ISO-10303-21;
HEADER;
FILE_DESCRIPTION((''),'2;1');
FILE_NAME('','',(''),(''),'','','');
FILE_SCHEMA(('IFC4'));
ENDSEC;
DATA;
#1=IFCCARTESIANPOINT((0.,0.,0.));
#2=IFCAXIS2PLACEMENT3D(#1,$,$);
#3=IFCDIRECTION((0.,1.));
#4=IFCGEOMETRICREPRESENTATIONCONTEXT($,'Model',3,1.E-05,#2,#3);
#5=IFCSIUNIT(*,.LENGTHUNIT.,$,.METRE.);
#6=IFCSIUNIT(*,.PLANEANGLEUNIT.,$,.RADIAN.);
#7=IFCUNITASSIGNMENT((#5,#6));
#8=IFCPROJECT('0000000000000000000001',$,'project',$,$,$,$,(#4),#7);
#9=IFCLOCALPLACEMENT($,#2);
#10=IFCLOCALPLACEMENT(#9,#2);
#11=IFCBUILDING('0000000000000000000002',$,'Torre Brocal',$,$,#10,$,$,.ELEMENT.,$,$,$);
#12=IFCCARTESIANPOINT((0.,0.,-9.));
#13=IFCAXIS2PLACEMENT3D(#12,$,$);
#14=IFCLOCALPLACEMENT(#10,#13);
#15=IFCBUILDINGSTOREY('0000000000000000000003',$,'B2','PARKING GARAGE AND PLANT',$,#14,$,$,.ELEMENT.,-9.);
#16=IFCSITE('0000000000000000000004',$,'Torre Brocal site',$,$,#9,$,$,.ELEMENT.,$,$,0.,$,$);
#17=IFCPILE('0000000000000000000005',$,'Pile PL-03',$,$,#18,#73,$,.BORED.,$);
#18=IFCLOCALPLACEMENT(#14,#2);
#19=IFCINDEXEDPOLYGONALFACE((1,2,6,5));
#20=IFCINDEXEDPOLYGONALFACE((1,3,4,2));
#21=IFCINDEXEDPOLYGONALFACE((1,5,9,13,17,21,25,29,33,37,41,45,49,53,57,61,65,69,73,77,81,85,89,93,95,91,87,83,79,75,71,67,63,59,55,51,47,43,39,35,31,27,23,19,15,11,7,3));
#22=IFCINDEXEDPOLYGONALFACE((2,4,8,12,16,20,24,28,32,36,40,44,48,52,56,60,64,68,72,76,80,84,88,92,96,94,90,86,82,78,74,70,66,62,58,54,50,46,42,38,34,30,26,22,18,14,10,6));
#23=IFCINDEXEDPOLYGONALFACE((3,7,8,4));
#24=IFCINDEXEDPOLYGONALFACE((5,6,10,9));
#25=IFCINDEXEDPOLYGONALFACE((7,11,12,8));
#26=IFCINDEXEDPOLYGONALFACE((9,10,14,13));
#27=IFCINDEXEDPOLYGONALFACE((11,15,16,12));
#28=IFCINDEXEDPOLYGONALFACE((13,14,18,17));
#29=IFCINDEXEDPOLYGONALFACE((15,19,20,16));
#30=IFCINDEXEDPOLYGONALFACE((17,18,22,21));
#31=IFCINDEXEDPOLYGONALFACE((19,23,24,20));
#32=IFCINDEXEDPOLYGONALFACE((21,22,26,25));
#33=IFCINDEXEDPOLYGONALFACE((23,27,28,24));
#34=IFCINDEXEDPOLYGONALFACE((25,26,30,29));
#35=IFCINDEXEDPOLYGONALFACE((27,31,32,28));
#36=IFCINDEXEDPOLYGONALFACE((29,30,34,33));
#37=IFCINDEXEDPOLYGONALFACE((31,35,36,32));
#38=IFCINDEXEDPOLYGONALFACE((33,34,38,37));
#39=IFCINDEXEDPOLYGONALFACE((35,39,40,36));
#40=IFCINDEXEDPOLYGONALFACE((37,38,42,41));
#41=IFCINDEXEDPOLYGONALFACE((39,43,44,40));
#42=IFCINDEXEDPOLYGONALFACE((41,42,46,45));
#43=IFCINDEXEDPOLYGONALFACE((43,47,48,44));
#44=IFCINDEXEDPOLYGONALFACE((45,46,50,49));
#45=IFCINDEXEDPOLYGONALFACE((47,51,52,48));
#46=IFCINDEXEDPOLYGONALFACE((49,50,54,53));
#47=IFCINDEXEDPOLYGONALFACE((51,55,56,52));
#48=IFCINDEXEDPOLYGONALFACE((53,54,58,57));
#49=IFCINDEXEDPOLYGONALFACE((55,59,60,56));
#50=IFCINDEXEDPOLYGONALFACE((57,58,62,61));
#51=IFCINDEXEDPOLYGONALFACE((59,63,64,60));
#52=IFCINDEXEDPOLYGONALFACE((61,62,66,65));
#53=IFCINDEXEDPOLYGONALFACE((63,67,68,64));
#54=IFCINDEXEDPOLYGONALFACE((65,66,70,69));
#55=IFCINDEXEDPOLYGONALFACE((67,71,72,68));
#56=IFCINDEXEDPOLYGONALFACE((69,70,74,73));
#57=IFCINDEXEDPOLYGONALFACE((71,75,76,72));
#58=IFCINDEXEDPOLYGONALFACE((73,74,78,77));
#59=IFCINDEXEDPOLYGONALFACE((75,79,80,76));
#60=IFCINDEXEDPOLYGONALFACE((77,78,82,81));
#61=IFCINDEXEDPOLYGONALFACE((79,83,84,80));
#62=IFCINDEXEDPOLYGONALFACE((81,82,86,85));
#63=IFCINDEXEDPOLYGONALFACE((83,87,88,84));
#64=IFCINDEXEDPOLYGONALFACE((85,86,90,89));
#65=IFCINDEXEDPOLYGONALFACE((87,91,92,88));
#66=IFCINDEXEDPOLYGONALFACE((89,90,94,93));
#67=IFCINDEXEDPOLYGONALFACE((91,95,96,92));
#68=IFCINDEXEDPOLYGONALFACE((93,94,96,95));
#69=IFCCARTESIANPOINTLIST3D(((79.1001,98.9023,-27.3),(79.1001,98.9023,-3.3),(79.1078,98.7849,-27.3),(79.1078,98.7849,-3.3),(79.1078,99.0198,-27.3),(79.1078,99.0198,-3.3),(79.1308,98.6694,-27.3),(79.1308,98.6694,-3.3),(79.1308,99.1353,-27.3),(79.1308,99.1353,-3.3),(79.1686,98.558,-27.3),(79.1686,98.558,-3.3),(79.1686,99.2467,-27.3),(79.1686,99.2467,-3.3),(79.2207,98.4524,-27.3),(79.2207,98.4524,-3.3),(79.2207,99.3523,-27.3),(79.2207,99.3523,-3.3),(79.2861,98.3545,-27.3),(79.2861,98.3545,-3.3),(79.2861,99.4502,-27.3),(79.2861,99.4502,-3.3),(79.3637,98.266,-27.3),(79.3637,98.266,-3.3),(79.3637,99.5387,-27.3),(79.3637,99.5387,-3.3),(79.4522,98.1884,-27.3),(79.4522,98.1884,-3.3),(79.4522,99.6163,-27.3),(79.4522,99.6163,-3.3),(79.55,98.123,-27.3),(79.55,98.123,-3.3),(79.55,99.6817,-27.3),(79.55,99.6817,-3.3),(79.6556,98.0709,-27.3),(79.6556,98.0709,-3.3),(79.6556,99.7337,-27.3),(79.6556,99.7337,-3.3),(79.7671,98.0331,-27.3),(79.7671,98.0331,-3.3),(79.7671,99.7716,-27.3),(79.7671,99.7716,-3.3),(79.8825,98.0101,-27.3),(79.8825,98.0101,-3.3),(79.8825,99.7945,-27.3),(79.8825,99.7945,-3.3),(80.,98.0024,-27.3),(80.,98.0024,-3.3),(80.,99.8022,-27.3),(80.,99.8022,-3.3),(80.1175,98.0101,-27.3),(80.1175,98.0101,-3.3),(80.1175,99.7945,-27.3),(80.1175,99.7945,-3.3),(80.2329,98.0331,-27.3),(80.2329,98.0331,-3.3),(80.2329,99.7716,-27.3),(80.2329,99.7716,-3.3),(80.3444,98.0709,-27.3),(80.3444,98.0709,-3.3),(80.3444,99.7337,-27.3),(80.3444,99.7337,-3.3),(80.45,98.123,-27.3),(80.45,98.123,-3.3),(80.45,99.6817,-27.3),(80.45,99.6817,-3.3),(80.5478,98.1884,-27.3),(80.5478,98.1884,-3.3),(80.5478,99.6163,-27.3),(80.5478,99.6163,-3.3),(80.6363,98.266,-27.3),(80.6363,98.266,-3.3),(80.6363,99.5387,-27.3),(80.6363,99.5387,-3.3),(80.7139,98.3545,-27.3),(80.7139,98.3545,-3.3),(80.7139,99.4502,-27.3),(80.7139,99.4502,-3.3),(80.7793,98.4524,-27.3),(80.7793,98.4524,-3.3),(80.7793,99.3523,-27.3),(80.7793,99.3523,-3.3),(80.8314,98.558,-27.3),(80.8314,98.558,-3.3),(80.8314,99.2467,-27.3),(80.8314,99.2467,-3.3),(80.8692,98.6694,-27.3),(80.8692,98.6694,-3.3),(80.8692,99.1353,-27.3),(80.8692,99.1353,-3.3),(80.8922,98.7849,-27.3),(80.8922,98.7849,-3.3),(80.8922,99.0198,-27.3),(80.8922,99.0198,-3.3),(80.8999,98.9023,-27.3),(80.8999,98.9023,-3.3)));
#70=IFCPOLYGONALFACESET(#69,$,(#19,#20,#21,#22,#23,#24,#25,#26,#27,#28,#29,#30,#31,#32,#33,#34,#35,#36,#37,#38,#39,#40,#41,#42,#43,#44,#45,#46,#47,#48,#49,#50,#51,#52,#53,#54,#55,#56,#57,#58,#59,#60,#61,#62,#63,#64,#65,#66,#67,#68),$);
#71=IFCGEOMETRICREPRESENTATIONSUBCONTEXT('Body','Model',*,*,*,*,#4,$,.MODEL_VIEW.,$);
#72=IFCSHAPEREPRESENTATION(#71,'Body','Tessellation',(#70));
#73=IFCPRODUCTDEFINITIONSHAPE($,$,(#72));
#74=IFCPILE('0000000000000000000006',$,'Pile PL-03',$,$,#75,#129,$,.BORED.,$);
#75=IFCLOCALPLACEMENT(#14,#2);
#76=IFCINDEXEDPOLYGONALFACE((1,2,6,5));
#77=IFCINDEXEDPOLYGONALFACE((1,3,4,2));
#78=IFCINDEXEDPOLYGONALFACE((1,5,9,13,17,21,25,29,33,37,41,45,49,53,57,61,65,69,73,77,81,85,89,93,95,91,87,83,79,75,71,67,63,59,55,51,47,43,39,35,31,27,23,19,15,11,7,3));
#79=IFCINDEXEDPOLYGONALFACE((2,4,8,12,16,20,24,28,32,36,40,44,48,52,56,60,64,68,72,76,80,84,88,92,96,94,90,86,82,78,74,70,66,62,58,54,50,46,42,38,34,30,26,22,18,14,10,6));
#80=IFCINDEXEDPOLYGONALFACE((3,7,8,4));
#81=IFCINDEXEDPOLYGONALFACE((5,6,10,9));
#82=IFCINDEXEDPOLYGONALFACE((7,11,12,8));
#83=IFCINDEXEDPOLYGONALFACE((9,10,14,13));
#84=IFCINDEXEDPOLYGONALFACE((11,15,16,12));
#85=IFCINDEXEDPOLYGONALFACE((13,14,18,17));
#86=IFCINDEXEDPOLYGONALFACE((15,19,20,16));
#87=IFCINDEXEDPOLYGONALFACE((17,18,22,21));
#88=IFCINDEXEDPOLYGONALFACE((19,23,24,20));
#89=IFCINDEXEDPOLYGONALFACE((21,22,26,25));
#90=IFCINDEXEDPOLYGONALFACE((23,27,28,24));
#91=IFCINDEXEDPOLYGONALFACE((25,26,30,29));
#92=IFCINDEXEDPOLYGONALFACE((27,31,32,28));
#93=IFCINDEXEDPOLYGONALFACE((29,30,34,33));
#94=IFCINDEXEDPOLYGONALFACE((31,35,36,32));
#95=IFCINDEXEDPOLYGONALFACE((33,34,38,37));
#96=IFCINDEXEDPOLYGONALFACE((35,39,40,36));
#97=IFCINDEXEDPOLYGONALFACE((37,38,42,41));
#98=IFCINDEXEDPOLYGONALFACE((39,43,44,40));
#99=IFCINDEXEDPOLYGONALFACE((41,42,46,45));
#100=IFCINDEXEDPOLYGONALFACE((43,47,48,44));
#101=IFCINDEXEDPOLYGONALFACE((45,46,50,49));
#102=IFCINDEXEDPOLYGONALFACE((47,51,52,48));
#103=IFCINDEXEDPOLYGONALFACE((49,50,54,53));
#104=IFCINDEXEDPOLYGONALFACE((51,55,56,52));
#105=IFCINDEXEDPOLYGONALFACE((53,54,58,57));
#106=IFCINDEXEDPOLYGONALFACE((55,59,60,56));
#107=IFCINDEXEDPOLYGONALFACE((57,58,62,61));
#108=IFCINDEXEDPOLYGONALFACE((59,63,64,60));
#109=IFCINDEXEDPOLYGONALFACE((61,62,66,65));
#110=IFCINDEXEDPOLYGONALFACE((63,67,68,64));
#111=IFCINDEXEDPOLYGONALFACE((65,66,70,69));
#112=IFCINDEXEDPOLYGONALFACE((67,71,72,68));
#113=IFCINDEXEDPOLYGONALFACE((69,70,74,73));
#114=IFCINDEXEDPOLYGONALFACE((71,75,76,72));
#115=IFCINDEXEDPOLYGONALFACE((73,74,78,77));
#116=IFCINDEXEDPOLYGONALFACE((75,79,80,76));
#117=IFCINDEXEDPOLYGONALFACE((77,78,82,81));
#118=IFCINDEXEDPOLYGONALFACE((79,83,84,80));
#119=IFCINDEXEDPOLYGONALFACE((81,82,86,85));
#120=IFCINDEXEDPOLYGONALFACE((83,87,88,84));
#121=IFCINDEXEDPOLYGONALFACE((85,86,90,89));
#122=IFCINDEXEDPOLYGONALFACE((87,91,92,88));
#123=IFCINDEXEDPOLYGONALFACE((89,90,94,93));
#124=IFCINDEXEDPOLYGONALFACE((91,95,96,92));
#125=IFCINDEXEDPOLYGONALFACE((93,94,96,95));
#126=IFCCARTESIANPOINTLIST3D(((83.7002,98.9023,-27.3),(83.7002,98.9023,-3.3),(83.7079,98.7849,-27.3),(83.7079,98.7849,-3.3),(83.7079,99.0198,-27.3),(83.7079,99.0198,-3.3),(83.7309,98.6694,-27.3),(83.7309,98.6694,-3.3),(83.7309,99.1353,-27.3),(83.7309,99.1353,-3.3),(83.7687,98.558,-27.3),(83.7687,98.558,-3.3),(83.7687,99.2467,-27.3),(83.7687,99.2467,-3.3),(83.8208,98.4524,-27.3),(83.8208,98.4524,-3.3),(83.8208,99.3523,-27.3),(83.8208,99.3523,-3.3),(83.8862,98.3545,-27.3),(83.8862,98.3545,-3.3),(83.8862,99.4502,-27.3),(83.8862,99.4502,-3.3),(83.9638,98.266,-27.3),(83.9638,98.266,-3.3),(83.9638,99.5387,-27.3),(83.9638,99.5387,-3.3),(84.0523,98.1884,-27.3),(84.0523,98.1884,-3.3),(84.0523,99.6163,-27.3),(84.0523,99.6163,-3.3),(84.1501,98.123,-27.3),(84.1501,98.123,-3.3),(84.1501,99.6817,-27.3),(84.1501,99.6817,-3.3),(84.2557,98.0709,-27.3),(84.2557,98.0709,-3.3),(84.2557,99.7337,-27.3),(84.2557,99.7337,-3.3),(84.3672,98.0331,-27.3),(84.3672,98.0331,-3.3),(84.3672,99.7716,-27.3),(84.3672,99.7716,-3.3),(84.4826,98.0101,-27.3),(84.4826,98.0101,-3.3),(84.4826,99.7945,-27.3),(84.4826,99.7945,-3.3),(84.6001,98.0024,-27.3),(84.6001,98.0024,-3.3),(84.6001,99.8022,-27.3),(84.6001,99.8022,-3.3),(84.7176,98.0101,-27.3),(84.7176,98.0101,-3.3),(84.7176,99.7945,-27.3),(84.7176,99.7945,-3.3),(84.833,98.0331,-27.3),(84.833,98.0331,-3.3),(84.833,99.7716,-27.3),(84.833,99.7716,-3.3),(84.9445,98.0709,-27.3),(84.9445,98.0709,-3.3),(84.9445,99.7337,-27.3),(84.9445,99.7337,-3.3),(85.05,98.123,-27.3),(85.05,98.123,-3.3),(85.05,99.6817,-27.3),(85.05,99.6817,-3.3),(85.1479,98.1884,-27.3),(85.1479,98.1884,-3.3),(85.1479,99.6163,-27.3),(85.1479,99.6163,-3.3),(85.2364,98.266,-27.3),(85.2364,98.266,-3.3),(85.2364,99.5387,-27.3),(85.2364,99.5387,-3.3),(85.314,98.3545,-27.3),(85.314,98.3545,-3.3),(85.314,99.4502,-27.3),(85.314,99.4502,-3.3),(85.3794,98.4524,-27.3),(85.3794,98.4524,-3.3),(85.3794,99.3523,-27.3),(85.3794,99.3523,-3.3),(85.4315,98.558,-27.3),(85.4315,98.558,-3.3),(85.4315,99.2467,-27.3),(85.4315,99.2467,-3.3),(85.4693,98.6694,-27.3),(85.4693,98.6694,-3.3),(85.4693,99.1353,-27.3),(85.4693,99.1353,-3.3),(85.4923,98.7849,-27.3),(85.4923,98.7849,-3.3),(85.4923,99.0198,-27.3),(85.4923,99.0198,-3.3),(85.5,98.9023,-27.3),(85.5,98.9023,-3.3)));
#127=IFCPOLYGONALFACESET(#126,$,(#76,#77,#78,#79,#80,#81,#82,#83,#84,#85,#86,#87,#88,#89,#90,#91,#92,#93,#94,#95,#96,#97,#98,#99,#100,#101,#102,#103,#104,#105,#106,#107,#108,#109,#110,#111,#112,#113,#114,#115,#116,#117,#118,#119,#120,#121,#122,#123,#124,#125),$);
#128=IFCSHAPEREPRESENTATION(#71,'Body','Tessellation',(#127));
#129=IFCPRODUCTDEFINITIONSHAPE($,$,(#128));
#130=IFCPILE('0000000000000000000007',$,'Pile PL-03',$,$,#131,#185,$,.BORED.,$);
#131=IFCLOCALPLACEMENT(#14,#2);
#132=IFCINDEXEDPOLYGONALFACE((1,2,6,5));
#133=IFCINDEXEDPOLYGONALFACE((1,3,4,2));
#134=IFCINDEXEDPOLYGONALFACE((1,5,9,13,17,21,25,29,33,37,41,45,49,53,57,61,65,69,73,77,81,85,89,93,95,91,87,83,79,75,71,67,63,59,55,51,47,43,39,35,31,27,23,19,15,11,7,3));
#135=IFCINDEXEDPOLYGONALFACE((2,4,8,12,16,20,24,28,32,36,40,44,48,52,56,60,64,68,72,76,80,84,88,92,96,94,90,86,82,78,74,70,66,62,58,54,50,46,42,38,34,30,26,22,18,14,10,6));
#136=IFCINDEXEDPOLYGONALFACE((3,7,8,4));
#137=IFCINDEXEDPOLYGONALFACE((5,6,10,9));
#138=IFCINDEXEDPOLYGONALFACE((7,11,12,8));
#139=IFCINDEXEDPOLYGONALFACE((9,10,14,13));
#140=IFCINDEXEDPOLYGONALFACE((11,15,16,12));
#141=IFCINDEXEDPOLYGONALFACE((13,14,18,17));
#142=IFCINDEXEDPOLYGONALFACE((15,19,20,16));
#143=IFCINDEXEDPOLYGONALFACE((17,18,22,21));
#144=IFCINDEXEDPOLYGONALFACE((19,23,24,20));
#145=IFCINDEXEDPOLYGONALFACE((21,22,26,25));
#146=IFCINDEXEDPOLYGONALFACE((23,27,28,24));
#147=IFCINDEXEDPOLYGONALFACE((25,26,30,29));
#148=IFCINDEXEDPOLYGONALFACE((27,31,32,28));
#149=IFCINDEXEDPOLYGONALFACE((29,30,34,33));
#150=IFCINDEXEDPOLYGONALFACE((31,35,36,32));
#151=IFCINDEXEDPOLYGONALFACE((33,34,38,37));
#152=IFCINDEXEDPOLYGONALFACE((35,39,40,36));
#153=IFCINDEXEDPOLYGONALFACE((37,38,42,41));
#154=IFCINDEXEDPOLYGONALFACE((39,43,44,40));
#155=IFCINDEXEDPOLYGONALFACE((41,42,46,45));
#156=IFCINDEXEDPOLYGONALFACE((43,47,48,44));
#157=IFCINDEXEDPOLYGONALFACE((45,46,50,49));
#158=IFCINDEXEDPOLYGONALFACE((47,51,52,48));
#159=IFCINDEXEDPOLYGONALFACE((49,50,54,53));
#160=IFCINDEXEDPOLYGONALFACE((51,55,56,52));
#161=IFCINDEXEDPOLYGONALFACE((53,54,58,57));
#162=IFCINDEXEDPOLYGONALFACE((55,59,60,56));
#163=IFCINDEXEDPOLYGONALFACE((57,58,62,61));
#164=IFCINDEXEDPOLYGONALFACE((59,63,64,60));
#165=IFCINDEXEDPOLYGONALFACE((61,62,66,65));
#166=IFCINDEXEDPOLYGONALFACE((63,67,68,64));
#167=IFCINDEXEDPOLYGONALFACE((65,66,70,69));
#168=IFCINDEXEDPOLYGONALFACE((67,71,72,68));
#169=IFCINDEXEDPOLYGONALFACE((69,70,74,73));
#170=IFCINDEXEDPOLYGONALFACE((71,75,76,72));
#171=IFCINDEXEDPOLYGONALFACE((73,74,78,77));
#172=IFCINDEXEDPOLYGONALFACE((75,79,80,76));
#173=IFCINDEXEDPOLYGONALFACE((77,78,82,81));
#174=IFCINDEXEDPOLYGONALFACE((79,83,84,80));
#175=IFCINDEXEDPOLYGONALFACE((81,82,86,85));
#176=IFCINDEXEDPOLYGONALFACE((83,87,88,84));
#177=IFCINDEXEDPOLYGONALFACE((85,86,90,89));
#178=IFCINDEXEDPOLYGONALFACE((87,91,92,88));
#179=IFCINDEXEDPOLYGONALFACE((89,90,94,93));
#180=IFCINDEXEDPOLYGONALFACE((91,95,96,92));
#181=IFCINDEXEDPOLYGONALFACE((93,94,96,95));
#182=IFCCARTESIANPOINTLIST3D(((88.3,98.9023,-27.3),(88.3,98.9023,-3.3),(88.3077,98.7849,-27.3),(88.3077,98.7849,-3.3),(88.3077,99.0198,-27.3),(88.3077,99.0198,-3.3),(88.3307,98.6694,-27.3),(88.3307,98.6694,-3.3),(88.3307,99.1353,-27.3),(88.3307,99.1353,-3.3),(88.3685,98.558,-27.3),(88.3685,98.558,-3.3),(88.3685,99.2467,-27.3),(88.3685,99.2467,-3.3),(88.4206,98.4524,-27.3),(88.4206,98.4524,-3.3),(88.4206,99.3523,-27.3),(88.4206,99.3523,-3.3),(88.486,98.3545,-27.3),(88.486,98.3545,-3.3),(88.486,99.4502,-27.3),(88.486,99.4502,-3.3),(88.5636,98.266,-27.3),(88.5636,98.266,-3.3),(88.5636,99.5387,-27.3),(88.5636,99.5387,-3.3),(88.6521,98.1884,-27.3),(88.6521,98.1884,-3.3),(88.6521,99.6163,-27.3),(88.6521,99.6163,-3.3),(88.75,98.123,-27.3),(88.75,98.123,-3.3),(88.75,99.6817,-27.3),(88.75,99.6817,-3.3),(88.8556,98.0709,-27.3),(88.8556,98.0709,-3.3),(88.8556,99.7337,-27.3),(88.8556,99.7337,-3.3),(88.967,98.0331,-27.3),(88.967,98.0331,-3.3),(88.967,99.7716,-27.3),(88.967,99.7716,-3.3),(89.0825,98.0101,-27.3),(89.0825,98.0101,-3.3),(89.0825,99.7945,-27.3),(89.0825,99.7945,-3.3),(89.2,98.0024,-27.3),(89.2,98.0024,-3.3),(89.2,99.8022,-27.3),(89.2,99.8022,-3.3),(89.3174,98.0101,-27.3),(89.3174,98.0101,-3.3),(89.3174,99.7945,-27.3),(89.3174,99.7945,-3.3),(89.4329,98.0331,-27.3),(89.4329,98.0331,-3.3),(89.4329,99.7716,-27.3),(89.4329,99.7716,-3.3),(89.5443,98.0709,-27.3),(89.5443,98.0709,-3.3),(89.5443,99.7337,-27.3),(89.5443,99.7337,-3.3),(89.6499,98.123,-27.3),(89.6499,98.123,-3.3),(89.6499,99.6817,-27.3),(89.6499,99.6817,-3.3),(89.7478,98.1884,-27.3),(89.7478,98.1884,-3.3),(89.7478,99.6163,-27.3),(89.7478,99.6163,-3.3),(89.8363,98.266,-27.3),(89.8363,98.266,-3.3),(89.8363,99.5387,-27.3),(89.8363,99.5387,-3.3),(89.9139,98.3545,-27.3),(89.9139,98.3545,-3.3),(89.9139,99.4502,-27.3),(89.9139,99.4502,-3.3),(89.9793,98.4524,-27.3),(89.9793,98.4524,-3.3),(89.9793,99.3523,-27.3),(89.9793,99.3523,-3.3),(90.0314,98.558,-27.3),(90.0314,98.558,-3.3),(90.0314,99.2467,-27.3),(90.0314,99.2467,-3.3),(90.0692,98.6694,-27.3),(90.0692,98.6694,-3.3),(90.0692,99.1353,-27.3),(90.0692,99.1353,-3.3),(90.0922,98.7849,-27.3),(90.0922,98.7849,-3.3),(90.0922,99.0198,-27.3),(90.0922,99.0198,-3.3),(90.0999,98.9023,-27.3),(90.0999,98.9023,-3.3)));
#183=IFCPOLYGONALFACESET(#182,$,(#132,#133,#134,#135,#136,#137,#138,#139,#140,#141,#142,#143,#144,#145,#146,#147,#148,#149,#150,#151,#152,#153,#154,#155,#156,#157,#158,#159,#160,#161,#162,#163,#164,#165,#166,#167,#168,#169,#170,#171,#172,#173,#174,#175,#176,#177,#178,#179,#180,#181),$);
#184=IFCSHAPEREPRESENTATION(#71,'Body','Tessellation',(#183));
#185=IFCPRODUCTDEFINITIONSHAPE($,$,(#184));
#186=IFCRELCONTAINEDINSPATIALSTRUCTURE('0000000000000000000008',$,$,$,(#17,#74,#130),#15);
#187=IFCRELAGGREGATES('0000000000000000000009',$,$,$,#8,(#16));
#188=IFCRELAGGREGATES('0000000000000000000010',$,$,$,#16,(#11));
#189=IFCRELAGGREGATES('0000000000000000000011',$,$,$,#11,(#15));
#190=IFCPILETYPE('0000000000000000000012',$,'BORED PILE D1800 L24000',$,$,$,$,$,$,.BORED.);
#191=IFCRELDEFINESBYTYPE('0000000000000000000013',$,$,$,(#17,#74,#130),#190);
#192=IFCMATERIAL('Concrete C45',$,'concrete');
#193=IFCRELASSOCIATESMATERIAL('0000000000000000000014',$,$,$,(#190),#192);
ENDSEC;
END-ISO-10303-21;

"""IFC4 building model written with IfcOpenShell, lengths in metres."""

from ifc_helpers import new_model, si_unit, direction, frame, origin, origin_2d, place, context, subcontext, project, spatial, circle, extrude, material, material_profile, profile_set, type_object, element, save


model = new_model("IFC4")

# Units and contexts
model_context = context("Model", 3, precision=1e-05, world=origin(), true_north=direction((0.0, 1.0)))
body_context = subcontext(model_context, "Body", "Model", "MODEL_VIEW")
ifc_project = project(units=[si_unit("LENGTHUNIT", "METRE"), si_unit("PLANEANGLEUNIT", "RADIAN")], contexts=[model_context])

# Site, building, storey
site_placement = place(None, origin())
site = spatial("IfcSite", under=ifc_project, at=site_placement, Name="Torre Brocal site", CompositionType="ELEMENT", RefElevation=0.0)
building_placement = place(site_placement, origin())
building = spatial("IfcBuilding", under=site, at=building_placement, Name="Torre Brocal", CompositionType="ELEMENT")
storey_placement = place(building_placement, frame((0.0, 0.0, -9.0)))
storey = spatial("IfcBuildingStorey", under=building, at=storey_placement, Name="B2", Description="PARKING GARAGE AND PLANT", CompositionType="ELEMENT", Elevation=-9.0)

# Piles
ifc_material_1 = material(Name="Concrete C45", Category="concrete")
ifc_material_profile_1 = material_profile(ifc_material_1, circle(Radius=0.8999, at=origin_2d()), Name="BORED PILE D1800")
ifc_profile_set_1 = profile_set([ifc_material_profile_1], Name="Concrete C45")
pile_type_1 = type_object("IfcPileType", Name="BORED PILE D1800 L24000", PredefinedType="BORED", material=ifc_profile_set_1)
for number, where, z_axis, x_axis, name in (
    (1, (80.0, 98.9023, -3.3), (0.0, 0.0, -1.0), (1.0, 0.0, 0.0), "Pile PL-03"),
    (2, (84.6001, 98.9023, -3.3), (0.0, 0.0, -1.0), (1.0, 0.0, 0.0), "Pile PL-03"),
    (3, (89.2, 98.9023, -3.3), (0.0, 0.0, -1.0), (1.0, 0.0, 0.0), "Pile PL-03"),
):
    element("IfcPile", number, at=place(storey_placement, frame(where, z_axis=z_axis, x_axis=x_axis)), inside=storey, type_object=pile_type_1, Name=name, PredefinedType="BORED", context=body_context, shape_type="SweptSolid", body=[
        extrude(circle(Radius=0.8999, at=origin_2d()), origin(), (0.0, 0.0, 1.0), 24.0),
    ])

save(model, "model.ifc")
